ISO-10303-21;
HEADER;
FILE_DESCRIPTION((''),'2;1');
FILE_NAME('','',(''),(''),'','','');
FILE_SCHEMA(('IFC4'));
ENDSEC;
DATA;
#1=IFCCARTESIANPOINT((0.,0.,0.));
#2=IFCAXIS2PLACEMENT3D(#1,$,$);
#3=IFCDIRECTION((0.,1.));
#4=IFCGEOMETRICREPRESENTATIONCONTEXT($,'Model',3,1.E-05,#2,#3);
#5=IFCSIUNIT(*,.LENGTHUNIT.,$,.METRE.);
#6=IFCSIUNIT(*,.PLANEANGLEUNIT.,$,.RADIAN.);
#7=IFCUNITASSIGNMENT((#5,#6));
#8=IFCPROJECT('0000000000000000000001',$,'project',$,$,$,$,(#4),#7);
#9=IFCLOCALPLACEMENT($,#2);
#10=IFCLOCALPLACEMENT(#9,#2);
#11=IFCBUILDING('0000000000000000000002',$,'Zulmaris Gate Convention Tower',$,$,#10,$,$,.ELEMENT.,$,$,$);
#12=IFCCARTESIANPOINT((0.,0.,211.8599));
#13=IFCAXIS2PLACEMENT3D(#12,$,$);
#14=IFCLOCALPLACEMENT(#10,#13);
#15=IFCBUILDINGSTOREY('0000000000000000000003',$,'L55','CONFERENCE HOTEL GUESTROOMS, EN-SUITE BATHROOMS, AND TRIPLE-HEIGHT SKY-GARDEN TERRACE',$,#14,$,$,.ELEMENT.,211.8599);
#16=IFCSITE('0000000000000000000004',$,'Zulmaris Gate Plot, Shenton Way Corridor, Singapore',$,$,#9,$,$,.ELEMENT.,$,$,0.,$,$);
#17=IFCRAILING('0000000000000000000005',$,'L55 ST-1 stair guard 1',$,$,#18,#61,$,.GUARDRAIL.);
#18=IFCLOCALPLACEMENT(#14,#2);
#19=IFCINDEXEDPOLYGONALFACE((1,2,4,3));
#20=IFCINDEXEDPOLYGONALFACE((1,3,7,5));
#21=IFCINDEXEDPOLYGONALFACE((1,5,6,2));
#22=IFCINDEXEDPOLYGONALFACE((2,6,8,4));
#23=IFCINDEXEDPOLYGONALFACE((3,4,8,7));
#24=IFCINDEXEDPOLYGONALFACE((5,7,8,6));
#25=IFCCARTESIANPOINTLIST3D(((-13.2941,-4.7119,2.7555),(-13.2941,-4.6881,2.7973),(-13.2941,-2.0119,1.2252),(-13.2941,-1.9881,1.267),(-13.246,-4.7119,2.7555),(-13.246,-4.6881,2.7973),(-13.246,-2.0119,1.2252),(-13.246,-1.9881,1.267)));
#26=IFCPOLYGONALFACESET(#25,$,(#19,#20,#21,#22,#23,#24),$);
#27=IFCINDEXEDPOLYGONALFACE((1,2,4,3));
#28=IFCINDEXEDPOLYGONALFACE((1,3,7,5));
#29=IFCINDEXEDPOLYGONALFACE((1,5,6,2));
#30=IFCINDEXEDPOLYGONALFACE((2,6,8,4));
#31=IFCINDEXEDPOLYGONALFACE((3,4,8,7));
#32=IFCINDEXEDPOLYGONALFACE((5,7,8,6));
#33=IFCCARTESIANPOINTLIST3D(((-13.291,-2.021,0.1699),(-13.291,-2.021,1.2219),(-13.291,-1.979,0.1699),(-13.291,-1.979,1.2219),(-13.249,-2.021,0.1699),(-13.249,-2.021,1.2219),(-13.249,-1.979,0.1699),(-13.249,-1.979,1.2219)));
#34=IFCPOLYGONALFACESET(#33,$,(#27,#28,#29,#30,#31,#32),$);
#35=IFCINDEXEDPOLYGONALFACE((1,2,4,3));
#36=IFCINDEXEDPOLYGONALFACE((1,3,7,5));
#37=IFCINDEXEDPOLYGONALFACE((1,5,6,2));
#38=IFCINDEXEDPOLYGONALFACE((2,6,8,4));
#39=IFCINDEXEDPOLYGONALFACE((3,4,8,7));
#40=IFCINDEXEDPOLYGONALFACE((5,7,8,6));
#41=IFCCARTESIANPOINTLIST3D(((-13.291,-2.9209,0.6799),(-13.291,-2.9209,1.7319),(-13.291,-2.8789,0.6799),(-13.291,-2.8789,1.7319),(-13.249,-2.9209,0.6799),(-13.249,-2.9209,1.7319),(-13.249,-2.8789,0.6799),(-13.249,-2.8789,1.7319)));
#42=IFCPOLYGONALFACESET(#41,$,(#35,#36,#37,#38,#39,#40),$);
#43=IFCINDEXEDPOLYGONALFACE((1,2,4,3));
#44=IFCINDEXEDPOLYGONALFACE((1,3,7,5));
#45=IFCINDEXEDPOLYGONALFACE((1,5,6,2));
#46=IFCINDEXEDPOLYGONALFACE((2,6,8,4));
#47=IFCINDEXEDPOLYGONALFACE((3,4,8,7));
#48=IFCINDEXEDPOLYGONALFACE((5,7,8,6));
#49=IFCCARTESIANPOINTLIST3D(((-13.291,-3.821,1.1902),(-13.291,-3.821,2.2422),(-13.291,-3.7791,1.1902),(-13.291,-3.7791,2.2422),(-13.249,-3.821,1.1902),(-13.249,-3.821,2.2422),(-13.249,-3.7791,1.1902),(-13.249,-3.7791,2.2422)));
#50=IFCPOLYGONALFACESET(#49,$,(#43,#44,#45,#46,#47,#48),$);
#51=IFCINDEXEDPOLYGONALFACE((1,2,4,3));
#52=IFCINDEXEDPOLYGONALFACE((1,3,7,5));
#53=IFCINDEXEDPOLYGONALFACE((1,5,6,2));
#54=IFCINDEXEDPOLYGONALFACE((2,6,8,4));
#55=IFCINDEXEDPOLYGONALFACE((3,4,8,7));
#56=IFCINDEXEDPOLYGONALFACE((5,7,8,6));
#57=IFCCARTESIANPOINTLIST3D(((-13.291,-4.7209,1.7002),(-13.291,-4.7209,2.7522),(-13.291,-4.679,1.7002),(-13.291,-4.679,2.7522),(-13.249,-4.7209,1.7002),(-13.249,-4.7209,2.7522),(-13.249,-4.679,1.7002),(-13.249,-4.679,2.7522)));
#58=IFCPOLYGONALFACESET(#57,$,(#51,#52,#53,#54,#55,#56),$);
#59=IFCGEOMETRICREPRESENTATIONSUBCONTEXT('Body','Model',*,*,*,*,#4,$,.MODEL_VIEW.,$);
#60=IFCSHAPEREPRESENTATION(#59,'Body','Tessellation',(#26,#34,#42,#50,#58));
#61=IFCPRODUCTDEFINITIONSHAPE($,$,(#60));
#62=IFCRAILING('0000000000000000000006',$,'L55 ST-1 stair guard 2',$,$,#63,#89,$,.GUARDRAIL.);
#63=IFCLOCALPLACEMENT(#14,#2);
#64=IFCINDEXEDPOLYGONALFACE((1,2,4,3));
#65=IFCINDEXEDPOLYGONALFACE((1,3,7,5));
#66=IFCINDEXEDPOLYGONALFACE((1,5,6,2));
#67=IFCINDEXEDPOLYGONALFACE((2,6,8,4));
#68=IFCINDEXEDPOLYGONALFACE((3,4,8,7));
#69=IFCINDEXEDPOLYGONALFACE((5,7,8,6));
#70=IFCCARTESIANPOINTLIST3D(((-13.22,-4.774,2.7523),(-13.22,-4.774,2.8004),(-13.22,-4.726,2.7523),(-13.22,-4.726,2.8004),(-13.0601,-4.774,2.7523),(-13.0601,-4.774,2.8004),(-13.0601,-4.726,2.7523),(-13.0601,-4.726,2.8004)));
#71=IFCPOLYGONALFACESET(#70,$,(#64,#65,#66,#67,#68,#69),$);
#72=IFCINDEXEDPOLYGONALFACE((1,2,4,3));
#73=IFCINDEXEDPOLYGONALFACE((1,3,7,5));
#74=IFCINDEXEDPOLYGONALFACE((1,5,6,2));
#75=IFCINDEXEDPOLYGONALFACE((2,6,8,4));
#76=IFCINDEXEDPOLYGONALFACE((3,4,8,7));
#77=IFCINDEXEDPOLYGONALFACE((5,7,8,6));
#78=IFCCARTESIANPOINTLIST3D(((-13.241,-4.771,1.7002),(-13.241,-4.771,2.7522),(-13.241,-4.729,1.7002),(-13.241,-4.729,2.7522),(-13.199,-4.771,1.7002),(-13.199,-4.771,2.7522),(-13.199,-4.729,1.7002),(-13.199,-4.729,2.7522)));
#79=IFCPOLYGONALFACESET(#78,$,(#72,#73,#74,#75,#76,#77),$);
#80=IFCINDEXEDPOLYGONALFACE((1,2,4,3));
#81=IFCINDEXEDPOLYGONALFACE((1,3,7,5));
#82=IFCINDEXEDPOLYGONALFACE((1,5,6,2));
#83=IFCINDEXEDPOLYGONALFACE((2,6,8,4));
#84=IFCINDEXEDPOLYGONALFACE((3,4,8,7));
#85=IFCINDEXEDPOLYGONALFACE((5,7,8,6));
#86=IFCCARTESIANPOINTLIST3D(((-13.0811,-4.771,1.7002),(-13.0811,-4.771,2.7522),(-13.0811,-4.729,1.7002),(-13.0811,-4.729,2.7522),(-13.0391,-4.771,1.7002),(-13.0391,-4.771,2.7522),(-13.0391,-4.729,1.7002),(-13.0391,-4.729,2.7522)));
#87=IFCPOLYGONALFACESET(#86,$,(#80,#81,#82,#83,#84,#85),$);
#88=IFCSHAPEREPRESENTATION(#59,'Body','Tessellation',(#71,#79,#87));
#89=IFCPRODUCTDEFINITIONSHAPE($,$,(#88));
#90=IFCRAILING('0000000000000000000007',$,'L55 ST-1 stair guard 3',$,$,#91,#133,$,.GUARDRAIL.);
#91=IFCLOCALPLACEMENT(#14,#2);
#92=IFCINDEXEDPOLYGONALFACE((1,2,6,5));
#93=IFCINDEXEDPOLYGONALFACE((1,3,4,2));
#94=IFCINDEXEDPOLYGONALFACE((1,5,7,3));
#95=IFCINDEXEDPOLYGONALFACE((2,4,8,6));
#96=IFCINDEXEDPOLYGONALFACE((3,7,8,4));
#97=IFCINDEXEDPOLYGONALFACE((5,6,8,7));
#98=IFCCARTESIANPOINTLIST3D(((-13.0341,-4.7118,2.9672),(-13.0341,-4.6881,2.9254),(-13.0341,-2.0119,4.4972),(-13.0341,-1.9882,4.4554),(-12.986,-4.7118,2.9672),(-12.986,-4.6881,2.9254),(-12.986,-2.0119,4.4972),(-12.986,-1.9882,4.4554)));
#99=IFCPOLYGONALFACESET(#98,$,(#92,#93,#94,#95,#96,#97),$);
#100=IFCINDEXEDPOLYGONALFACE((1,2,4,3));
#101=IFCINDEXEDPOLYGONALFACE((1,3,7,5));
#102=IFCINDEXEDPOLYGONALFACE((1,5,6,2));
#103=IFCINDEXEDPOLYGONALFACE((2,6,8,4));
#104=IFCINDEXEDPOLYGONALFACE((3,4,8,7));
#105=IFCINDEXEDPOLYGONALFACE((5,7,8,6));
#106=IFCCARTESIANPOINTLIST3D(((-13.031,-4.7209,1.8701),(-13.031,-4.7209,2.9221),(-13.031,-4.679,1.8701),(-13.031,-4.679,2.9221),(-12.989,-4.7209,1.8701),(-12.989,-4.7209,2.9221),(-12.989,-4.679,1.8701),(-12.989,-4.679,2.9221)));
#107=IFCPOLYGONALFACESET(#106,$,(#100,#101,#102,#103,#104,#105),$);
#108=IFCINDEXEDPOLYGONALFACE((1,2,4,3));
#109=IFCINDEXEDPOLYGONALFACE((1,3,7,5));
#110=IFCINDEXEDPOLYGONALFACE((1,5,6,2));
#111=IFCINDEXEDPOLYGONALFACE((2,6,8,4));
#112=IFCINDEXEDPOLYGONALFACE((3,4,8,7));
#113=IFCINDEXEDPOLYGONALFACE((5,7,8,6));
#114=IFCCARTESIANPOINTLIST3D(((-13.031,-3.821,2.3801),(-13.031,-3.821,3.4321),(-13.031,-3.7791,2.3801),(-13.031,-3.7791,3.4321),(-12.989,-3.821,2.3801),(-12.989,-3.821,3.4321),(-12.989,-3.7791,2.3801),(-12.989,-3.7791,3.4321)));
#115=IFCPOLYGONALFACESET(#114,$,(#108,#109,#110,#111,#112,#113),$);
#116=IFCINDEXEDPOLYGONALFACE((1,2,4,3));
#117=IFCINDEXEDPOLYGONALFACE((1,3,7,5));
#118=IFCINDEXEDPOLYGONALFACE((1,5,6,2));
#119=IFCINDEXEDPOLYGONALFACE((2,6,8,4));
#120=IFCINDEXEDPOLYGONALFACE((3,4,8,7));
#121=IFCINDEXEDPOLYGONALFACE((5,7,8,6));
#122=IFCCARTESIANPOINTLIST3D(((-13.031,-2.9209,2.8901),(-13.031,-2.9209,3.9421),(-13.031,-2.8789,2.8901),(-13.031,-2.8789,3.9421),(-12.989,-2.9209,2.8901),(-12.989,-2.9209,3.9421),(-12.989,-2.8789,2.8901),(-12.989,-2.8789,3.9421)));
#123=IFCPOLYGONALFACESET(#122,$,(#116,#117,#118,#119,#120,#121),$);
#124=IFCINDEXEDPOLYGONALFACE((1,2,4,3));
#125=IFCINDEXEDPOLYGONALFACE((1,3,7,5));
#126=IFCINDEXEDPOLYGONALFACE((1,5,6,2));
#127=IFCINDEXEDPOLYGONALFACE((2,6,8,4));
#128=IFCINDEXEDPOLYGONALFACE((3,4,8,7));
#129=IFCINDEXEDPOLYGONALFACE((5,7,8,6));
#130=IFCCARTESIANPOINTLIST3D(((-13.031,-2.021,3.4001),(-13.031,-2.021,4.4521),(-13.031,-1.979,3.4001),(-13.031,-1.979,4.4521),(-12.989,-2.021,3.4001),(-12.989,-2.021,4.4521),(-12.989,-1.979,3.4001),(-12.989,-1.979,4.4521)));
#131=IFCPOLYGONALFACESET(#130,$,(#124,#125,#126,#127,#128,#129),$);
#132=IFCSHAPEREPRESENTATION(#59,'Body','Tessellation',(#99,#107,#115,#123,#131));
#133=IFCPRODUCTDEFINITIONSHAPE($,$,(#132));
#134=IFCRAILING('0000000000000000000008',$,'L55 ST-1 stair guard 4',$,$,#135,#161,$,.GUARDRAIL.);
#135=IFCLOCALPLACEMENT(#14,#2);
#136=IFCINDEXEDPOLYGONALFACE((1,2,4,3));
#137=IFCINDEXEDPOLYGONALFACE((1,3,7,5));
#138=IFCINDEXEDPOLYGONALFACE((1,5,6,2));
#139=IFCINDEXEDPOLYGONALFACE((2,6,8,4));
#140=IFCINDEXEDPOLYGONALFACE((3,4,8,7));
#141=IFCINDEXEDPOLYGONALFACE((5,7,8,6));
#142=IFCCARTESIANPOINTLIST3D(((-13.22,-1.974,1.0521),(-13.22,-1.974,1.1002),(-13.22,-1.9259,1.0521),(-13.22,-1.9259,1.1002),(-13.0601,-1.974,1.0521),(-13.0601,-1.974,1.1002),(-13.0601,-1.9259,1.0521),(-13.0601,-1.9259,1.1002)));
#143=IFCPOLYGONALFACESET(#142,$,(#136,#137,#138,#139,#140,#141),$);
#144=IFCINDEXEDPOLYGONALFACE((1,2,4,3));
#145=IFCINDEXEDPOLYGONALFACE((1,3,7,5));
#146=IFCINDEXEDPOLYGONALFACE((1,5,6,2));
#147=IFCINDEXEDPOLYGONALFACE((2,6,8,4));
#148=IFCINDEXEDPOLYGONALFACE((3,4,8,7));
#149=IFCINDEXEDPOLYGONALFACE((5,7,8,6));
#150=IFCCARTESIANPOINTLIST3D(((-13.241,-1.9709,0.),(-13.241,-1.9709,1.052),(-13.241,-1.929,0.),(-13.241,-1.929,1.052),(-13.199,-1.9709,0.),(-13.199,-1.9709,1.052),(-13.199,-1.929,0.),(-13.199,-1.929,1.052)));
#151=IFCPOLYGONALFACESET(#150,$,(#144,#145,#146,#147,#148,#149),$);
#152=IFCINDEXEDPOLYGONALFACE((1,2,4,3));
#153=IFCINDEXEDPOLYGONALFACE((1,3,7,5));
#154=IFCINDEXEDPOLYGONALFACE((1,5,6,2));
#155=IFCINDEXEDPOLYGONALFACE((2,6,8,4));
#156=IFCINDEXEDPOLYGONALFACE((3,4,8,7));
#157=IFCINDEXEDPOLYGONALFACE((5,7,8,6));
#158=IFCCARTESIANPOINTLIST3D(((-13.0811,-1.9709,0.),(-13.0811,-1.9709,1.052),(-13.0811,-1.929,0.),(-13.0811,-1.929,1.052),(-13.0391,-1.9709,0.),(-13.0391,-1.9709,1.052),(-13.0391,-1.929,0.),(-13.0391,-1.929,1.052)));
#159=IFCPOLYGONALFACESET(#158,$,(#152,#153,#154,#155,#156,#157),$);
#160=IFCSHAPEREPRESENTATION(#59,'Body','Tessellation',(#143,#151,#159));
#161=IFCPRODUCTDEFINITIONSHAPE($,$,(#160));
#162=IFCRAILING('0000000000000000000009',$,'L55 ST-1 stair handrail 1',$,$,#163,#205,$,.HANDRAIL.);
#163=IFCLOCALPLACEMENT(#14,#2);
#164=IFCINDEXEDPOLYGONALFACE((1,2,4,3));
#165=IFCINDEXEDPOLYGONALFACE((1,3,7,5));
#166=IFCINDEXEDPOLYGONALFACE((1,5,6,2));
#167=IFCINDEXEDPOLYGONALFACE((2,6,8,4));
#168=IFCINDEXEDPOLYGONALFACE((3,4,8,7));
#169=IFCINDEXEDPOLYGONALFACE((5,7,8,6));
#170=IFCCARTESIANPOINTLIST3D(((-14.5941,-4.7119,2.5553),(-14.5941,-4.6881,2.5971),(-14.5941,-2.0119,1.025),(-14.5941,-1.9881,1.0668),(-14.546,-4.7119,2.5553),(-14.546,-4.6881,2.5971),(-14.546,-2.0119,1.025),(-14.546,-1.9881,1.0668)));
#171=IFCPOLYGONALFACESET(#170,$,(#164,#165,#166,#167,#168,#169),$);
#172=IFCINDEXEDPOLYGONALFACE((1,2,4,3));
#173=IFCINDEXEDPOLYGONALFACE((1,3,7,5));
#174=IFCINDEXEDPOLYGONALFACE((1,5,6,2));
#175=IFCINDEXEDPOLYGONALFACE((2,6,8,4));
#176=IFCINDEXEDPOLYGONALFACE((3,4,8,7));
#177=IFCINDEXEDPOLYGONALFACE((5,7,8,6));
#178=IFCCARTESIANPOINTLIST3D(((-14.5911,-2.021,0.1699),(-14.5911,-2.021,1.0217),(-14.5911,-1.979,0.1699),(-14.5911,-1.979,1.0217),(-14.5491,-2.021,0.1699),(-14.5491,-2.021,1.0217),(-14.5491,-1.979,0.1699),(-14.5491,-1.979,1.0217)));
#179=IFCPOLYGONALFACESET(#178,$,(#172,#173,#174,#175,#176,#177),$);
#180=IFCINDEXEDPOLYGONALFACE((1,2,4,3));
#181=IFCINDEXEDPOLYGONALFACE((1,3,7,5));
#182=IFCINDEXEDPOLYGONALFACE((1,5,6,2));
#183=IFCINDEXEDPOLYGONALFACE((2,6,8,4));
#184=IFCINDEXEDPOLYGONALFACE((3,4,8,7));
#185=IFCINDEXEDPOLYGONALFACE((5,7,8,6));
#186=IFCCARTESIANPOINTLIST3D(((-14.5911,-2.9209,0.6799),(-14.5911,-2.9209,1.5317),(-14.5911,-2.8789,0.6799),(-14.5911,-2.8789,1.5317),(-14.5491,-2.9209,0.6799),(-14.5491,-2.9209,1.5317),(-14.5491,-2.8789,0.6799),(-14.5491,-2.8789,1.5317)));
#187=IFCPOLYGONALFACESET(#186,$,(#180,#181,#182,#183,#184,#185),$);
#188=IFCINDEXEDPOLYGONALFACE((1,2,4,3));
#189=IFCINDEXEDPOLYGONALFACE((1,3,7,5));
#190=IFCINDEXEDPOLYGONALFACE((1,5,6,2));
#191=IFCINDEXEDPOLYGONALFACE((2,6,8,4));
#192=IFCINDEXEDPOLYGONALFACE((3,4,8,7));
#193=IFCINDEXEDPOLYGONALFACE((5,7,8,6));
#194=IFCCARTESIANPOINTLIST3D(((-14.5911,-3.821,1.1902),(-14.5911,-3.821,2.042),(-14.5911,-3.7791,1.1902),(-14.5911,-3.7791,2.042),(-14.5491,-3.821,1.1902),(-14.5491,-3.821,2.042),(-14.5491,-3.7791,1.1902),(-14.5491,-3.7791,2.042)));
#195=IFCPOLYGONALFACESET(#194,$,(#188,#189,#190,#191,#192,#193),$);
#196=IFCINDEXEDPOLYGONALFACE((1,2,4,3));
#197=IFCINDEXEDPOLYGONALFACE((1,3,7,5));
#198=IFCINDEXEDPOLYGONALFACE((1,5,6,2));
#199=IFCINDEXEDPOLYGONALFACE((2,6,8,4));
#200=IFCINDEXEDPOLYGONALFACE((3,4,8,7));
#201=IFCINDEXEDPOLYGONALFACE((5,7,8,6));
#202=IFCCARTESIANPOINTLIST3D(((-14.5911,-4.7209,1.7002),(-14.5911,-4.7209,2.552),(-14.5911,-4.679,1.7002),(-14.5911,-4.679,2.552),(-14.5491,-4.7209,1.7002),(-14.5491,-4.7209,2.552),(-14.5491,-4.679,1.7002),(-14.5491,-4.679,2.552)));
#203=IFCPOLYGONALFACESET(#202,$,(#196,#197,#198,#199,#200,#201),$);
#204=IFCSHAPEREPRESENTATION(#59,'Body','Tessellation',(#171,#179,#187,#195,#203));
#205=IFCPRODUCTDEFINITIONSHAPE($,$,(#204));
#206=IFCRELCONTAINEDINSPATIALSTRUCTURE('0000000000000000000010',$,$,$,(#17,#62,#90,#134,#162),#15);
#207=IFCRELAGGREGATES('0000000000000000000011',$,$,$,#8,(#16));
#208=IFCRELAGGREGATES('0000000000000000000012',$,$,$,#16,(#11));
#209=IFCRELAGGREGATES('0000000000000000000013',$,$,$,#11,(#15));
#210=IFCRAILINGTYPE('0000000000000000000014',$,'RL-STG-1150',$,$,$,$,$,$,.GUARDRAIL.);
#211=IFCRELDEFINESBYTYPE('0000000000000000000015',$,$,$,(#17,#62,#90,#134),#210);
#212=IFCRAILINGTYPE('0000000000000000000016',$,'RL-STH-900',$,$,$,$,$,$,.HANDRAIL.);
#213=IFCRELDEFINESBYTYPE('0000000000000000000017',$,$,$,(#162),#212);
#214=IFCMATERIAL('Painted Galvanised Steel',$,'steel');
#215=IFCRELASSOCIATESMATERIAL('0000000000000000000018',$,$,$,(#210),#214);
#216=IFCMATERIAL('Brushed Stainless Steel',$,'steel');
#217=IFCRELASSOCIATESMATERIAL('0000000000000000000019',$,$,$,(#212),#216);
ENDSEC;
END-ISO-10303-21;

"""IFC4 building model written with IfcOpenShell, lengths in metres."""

from ifc_helpers import new_model, si_unit, direction, frame, origin, origin_2d, place, context, subcontext, project, spatial, rectangle, extrude, material, type_object, element, save


model = new_model("IFC4")

# Units and contexts
model_context = context("Model", 3, precision=1e-05, world=origin(), true_north=direction((0.0, 1.0)))
body_context = subcontext(model_context, "Body", "Model", "MODEL_VIEW")
ifc_project = project(units=[si_unit("LENGTHUNIT", "METRE"), si_unit("PLANEANGLEUNIT", "RADIAN")], contexts=[model_context])

# Site, building, storey
site_placement = place(None, origin())
site = spatial("IfcSite", under=ifc_project, at=site_placement, Name="Zulmaris Gate Plot, Shenton Way Corridor, Singapore", CompositionType="ELEMENT", RefElevation=0.0)
building_placement = place(site_placement, origin())
building = spatial("IfcBuilding", under=site, at=building_placement, Name="Zulmaris Gate Convention Tower", CompositionType="ELEMENT")
storey_placement = place(building_placement, frame((0.0, 0.0, 211.8599)))
storey = spatial("IfcBuildingStorey", under=building, at=storey_placement, Name="L55", Description="CONFERENCE HOTEL GUESTROOMS, EN-SUITE BATHROOMS, AND TRIPLE-HEIGHT SKY-GARDEN TERRACE", CompositionType="ELEMENT", Elevation=211.8599)

# Shared definitions
ifc_material_1 = material(Name="Brushed Stainless Steel", Category="steel")

# Railings
ifc_material_2 = material(Name="Painted Galvanised Steel", Category="steel")
railing_type_1 = type_object("IfcRailingType", Name="RL-STG-1150", PredefinedType="GUARDRAIL", material=ifc_material_2)
railing_1_placement = place(storey_placement, frame((-13.27, -2.0, 0.1699)))
element("IfcRailing", 1, at=railing_1_placement, inside=storey, type_object=railing_type_1, Name="L55 ST-1 stair guard 1", PredefinedType="GUARDRAIL", context=body_context, shape_type="SweptSolid", body=[
    extrude(rectangle(XDim=0.0481, YDim=0.0481, at=origin_2d()), frame((0.0, 0.0, 1.0762), z_axis=(0.0, -0.869981, 0.493086), x_axis=(1.0, 0.0, 0.0)), (0.0, 0.0, 1.0), 3.1035),
    extrude(rectangle(XDim=0.042, YDim=0.042, at=origin_2d()), origin(), (0.0, 0.0, 1.0), 1.052),
    extrude(rectangle(XDim=0.042, YDim=0.042, at=origin_2d()), frame((0.0, -0.8999, 0.51)), (0.0, 0.0, 1.0), 1.052),
    extrude(rectangle(XDim=0.042, YDim=0.042, at=origin_2d()), frame((0.0, -1.8, 1.0203)), (0.0, 0.0, 1.0), 1.052),
    extrude(rectangle(XDim=0.042, YDim=0.042, at=origin_2d()), frame((0.0, -2.7, 1.5303)), (0.0, 0.0, 1.0), 1.052),
])
railing_2_placement = place(storey_placement, frame((-13.22, -4.75, 1.7002)))
element("IfcRailing", 2, at=railing_2_placement, inside=storey, type_object=railing_type_1, Name="L55 ST-1 stair guard 2", PredefinedType="GUARDRAIL", context=body_context, shape_type="SweptSolid", body=[
    extrude(rectangle(XDim=0.0481, YDim=0.0481, at=origin_2d()), frame((0.0, 0.0, 1.0762), z_axis=(1.0, 0.0, 0.0), x_axis=(0.0, 1.0, 0.0)), (0.0, 0.0, 1.0), 0.1599),
    extrude(rectangle(XDim=0.042, YDim=0.042, at=origin_2d()), origin(), (0.0, 0.0, 1.0), 1.052),
    extrude(rectangle(XDim=0.042, YDim=0.042, at=origin_2d()), frame((0.1599, 0.0, 0.0)), (0.0, 0.0, 1.0), 1.052),
])
railing_3_placement = place(storey_placement, frame((-13.01, -4.7, 1.8701)))
element("IfcRailing", 3, at=railing_3_placement, inside=storey, type_object=railing_type_1, Name="L55 ST-1 stair guard 3", PredefinedType="GUARDRAIL", context=body_context, shape_type="SweptSolid", body=[
    extrude(rectangle(XDim=0.0481, YDim=0.0481, at=origin_2d()), frame((0.0, 0.0, 1.0762), z_axis=(0.0, 0.870014, 0.493026), x_axis=(-1.0, 0.0, 0.0)), (0.0, 0.0, 1.0), 3.1033),
    extrude(rectangle(XDim=0.042, YDim=0.042, at=origin_2d()), origin(), (0.0, 0.0, 1.0), 1.052),
    extrude(rectangle(XDim=0.042, YDim=0.042, at=origin_2d()), frame((0.0, 0.8999, 0.51)), (0.0, 0.0, 1.0), 1.052),
    extrude(rectangle(XDim=0.042, YDim=0.042, at=origin_2d()), frame((0.0, 1.8, 1.02)), (0.0, 0.0, 1.0), 1.052),
    extrude(rectangle(XDim=0.042, YDim=0.042, at=origin_2d()), frame((0.0, 2.7, 1.53)), (0.0, 0.0, 1.0), 1.052),
])
railing_4_placement = place(storey_placement, frame((-13.22, -1.95, 0.0)))
element("IfcRailing", 4, at=railing_4_placement, inside=storey, type_object=railing_type_1, Name="L55 ST-1 stair guard 4", PredefinedType="GUARDRAIL", context=body_context, shape_type="SweptSolid", body=[
    extrude(rectangle(XDim=0.0481, YDim=0.0481, at=origin_2d()), frame((0.0, 0.0, 1.0762), z_axis=(1.0, 0.0, 0.0), x_axis=(0.0, 1.0, 0.0)), (0.0, 0.0, 1.0), 0.1599),
    extrude(rectangle(XDim=0.042, YDim=0.042, at=origin_2d()), origin(), (0.0, 0.0, 1.0), 1.052),
    extrude(rectangle(XDim=0.042, YDim=0.042, at=origin_2d()), frame((0.1599, 0.0, 0.0)), (0.0, 0.0, 1.0), 1.052),
])
railing_type_2 = type_object("IfcRailingType", Name="RL-STH-900", PredefinedType="HANDRAIL", material=ifc_material_1)
railing_5_placement = place(storey_placement, frame((-14.5701, -2.0, 0.1699)))
element("IfcRailing", 5, at=railing_5_placement, inside=storey, type_object=railing_type_2, Name="L55 ST-1 stair handrail 1", PredefinedType="HANDRAIL", context=body_context, shape_type="SweptSolid", body=[
    extrude(rectangle(XDim=0.0481, YDim=0.0481, at=origin_2d()), frame((0.0, 0.0, 0.876), z_axis=(0.0, -0.869981, 0.493086), x_axis=(1.0, 0.0, 0.0)), (0.0, 0.0, 1.0), 3.1035),
    extrude(rectangle(XDim=0.042, YDim=0.042, at=origin_2d()), origin(), (0.0, 0.0, 1.0), 0.8518),
    extrude(rectangle(XDim=0.042, YDim=0.042, at=origin_2d()), frame((0.0, -0.8999, 0.51)), (0.0, 0.0, 1.0), 0.8518),
    extrude(rectangle(XDim=0.042, YDim=0.042, at=origin_2d()), frame((0.0, -1.8, 1.0203)), (0.0, 0.0, 1.0), 0.8518),
    extrude(rectangle(XDim=0.042, YDim=0.042, at=origin_2d()), frame((0.0, -2.7, 1.5303)), (0.0, 0.0, 1.0), 0.8518),
])

save(model, "model.ifc")
